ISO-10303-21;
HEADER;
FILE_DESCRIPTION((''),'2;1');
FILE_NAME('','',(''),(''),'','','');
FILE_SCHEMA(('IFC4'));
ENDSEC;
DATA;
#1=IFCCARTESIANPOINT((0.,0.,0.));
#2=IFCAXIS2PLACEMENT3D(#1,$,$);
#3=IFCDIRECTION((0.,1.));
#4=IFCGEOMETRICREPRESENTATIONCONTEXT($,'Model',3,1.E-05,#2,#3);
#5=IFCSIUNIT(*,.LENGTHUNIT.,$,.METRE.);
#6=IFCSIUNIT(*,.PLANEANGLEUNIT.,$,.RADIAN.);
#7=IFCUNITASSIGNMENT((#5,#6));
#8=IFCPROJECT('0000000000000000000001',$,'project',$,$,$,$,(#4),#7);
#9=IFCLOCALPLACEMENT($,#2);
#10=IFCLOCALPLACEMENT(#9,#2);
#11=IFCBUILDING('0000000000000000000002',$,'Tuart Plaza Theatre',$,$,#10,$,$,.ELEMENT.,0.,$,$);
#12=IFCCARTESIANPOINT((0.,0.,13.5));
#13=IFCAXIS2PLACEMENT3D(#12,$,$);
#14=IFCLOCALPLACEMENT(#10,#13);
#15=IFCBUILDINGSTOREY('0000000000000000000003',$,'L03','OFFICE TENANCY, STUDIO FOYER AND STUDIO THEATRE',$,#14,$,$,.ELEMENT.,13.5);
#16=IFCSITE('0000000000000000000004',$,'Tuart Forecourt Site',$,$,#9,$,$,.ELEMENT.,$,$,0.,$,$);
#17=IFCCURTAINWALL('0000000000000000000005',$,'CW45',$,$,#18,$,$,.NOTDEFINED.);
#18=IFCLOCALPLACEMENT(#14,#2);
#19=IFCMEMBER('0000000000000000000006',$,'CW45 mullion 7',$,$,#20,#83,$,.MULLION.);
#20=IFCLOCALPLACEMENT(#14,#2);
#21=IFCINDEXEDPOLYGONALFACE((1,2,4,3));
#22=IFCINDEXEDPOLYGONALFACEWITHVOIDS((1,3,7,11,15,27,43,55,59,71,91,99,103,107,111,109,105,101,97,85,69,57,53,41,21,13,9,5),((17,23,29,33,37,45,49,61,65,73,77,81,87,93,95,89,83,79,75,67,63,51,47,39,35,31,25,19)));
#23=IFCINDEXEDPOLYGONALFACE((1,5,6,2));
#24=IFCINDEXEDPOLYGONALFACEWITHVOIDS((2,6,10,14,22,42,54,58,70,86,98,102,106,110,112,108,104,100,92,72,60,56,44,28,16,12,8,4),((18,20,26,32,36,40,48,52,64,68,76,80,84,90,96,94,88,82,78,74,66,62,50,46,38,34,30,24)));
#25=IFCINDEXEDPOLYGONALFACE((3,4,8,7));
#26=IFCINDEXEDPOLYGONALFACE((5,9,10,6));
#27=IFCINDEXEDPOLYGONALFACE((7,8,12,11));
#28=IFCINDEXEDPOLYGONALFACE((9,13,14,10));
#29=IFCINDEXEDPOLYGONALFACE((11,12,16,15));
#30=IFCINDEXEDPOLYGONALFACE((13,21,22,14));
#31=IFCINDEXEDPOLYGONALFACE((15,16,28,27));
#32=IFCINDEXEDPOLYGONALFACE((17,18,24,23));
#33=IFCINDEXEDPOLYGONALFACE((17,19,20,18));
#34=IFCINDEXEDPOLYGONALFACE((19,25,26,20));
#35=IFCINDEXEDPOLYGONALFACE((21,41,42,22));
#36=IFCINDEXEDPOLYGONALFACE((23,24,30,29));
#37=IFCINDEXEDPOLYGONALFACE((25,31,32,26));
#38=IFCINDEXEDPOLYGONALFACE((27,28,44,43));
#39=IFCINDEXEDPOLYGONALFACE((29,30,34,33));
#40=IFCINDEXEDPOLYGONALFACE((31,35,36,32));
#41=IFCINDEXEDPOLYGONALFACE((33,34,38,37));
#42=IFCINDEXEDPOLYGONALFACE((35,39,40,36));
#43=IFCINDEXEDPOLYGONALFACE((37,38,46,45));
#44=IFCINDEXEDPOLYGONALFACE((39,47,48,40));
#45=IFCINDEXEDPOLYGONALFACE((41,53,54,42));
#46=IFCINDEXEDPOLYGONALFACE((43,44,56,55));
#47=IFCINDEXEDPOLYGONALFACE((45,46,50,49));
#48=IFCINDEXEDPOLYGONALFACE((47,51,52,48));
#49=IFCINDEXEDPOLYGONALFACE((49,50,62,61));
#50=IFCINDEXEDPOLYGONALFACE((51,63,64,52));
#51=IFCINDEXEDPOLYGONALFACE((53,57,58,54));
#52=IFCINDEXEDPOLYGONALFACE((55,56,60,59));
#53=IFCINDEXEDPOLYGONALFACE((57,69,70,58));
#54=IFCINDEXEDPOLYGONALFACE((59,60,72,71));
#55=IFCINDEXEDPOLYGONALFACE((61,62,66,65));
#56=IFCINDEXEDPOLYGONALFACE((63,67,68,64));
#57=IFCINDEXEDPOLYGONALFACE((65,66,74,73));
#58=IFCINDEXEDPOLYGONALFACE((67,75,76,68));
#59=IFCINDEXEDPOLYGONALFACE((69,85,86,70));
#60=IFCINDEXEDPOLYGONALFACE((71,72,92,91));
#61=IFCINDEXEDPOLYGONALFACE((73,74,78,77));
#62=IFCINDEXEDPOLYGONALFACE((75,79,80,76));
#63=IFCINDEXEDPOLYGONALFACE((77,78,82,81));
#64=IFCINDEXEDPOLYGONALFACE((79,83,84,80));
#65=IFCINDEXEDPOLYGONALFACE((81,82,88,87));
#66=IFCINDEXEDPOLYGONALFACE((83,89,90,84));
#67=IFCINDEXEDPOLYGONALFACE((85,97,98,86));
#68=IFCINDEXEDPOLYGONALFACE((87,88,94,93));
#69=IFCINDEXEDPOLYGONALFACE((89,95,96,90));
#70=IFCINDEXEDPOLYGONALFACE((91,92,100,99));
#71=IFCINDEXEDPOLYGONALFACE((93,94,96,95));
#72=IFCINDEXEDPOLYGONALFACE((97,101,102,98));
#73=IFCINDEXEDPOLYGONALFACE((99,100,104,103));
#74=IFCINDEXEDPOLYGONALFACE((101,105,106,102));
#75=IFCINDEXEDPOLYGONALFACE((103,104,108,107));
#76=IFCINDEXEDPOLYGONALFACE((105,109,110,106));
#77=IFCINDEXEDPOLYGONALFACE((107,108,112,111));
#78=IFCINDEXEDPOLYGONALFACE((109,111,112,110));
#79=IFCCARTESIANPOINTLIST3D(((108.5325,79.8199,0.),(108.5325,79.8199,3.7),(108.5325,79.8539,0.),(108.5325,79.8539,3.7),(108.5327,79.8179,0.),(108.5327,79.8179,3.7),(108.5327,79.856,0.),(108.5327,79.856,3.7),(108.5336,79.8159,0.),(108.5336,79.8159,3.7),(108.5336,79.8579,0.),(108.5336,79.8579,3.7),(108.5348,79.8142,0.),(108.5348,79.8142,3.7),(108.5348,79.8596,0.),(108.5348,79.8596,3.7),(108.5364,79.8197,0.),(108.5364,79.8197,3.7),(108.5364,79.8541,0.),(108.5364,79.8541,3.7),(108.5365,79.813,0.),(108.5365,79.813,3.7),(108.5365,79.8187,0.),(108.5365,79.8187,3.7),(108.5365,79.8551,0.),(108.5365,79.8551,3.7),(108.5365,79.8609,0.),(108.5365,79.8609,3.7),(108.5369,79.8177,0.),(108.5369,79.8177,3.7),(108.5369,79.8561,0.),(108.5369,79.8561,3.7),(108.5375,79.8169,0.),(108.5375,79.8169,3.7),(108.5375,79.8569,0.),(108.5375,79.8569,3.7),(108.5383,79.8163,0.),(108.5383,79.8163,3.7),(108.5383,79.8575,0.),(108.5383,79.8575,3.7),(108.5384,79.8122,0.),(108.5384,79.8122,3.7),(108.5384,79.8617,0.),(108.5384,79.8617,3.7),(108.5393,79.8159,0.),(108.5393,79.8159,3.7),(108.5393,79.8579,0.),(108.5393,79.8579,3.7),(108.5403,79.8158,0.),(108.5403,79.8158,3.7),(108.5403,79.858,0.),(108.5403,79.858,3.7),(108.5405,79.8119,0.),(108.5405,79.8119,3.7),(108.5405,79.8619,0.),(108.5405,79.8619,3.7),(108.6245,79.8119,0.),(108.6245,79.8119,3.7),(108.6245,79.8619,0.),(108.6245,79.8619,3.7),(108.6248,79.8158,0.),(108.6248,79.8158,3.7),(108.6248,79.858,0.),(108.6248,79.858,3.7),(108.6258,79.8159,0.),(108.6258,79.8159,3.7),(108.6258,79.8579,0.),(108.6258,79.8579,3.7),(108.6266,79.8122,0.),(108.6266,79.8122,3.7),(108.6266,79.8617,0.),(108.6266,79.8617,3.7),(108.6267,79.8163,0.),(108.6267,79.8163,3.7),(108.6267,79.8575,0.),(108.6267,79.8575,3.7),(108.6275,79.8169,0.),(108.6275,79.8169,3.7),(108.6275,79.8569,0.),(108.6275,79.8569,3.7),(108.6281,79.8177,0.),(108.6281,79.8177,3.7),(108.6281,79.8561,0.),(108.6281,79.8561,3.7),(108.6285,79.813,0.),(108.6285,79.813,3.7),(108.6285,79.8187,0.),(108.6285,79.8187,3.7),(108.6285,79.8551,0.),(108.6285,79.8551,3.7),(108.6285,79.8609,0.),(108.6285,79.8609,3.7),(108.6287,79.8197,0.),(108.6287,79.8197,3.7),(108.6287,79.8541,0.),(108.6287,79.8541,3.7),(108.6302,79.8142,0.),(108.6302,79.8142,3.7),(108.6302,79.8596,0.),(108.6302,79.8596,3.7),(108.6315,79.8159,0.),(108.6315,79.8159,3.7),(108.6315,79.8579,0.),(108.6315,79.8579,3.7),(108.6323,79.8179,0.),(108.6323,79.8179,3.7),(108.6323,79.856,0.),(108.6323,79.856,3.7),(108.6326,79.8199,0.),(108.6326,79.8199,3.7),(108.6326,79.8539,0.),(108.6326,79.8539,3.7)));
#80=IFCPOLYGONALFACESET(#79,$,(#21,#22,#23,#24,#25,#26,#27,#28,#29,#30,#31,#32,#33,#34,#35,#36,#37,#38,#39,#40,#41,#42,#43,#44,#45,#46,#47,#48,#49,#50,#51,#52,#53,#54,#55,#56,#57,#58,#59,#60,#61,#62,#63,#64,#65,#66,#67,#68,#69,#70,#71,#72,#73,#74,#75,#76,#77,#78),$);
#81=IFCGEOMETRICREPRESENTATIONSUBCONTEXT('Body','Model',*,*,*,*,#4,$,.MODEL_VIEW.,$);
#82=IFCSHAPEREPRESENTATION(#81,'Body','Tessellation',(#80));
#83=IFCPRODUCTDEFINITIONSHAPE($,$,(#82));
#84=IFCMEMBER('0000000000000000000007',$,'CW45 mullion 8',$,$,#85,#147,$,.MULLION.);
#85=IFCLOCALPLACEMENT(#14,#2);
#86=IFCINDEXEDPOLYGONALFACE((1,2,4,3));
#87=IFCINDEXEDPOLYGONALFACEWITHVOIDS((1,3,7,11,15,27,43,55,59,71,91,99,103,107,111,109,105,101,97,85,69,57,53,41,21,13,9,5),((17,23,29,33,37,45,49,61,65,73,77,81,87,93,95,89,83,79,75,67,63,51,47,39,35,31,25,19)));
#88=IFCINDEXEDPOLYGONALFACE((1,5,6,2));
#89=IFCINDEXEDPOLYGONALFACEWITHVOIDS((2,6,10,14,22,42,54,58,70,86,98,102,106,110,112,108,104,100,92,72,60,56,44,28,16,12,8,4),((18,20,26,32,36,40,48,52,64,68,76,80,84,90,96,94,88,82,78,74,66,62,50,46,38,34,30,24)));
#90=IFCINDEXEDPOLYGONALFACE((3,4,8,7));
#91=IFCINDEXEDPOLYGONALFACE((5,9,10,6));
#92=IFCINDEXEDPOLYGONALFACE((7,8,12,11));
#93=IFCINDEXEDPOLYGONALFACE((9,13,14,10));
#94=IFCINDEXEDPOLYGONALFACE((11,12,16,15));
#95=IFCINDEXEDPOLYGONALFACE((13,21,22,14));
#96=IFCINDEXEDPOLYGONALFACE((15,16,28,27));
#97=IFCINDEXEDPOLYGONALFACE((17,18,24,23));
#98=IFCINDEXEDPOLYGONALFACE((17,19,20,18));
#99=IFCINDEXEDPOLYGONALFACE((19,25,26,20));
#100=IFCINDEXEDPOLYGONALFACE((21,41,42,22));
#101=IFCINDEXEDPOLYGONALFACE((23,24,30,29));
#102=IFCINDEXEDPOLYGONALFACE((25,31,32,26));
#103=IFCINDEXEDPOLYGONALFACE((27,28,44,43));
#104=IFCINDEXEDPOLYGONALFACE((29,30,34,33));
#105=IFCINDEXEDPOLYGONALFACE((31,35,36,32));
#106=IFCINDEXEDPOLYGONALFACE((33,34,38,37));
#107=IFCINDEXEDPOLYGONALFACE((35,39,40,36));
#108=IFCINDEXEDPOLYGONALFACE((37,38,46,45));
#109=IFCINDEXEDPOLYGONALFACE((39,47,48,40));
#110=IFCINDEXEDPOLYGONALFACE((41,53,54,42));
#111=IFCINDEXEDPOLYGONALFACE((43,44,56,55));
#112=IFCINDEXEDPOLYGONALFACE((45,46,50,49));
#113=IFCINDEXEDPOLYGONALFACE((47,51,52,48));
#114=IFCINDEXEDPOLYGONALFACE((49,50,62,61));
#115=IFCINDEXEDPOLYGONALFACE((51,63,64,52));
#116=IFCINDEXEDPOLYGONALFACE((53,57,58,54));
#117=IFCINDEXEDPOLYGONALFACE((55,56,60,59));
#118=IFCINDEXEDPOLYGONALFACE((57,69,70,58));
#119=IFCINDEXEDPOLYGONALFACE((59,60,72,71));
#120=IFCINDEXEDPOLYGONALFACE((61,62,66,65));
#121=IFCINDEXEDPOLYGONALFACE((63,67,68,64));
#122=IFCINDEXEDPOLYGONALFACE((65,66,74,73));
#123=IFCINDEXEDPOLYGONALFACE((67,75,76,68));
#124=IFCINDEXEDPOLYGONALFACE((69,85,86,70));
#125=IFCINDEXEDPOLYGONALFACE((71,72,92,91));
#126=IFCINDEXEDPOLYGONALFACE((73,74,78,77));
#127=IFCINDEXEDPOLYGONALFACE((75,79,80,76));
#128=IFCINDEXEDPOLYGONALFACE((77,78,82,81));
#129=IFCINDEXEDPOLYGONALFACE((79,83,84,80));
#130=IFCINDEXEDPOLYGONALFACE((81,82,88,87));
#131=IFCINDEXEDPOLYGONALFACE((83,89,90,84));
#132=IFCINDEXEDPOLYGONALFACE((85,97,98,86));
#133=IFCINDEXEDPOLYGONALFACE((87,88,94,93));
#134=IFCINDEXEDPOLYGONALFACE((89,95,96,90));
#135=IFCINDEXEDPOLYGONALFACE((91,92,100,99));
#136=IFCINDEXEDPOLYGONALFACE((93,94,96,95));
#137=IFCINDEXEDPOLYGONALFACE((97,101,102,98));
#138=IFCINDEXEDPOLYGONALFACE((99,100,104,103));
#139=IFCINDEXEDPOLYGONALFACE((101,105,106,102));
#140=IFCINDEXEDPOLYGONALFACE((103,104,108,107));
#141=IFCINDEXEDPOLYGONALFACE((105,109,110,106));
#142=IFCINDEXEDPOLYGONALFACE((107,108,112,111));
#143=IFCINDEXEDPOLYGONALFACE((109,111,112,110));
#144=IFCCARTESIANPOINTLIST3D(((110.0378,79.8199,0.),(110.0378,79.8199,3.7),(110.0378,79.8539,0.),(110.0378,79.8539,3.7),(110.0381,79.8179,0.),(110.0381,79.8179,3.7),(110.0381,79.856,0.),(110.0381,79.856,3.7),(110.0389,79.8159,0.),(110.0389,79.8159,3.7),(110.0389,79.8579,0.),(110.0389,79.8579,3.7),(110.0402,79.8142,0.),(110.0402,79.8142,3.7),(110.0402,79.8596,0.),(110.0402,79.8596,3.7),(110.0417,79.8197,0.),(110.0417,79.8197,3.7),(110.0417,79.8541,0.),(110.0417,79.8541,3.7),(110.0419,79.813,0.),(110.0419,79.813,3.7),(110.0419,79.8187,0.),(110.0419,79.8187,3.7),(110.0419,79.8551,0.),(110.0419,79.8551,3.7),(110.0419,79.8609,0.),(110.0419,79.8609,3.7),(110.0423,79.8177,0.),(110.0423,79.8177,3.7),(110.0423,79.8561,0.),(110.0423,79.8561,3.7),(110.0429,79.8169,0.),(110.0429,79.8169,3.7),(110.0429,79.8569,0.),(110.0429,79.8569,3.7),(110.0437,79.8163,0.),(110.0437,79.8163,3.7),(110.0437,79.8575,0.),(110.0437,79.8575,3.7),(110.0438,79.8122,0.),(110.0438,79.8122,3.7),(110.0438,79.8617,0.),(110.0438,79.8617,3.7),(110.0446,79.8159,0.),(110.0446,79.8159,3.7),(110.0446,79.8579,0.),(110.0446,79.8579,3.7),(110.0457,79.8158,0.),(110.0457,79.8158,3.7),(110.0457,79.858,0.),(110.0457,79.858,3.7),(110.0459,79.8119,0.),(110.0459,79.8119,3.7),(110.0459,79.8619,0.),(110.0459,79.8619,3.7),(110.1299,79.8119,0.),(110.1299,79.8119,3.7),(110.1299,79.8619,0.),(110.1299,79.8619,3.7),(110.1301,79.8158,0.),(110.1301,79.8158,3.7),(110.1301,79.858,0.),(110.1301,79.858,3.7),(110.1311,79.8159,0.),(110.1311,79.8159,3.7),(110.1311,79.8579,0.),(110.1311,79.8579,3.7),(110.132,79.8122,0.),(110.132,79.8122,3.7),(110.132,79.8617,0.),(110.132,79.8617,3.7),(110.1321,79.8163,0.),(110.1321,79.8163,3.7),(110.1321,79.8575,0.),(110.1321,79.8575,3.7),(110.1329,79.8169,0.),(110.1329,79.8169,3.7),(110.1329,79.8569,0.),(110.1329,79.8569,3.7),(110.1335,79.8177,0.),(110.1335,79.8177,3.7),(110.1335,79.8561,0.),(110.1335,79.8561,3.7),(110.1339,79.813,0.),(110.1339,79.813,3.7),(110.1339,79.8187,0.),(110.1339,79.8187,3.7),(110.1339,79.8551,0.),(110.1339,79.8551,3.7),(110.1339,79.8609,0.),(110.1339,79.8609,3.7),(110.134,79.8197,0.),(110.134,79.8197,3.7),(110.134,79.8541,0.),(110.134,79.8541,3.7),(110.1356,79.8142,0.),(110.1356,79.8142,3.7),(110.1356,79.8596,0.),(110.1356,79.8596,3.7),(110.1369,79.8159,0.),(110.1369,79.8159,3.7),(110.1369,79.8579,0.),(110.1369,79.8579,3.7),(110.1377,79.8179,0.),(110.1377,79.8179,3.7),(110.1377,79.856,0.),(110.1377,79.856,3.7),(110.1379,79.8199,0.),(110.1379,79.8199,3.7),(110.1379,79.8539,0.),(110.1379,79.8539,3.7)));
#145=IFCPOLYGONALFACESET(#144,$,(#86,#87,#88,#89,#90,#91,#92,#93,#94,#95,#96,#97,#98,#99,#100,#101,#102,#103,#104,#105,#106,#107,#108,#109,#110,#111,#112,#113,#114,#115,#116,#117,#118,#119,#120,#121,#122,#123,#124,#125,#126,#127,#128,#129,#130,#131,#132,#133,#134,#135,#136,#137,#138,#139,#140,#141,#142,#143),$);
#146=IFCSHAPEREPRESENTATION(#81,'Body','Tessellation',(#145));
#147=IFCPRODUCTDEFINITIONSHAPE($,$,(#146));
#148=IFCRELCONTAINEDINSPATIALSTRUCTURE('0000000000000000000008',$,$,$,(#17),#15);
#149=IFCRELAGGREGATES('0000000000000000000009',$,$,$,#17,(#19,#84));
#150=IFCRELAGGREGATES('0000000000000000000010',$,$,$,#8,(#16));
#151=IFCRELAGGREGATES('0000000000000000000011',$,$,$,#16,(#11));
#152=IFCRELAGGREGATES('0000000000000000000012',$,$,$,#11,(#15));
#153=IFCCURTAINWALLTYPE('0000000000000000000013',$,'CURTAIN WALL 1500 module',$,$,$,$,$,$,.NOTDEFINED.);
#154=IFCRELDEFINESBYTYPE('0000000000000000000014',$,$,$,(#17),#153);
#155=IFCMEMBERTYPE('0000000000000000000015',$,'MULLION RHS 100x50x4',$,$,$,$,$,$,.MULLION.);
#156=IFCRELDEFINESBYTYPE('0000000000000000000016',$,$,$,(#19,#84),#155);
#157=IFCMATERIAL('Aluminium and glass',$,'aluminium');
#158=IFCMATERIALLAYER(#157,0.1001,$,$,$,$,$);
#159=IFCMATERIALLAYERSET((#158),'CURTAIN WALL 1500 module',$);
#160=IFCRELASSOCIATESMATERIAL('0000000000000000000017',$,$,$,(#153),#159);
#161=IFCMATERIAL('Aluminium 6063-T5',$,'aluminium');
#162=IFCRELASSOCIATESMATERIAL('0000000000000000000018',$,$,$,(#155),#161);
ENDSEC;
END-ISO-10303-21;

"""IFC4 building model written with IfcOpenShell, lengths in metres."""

from ifc_helpers import new_model, si_unit, direction, frame, origin, origin_2d, place, context, subcontext, project, spatial, hollow_rectangle, extrude, material, layer, layer_set, material_profile, profile_set, type_object, element, aggregate, save


model = new_model("IFC4")

# Units and contexts
model_context = context("Model", 3, precision=1e-05, world=origin(), true_north=direction((0.0, 1.0)))
body_context = subcontext(model_context, "Body", "Model", "MODEL_VIEW")
ifc_project = project(units=[si_unit("LENGTHUNIT", "METRE"), si_unit("PLANEANGLEUNIT", "RADIAN")], contexts=[model_context])

# Site, building, storey
site_placement = place(None, origin())
site = spatial("IfcSite", under=ifc_project, at=site_placement, Name="Tuart Forecourt Site", CompositionType="ELEMENT", RefElevation=0.0)
building_placement = place(site_placement, origin())
building = spatial("IfcBuilding", under=site, at=building_placement, Name="Tuart Plaza Theatre", CompositionType="ELEMENT", ElevationOfRefHeight=0.0)
storey_placement = place(building_placement, frame((0.0, 0.0, 13.5)))
storey = spatial("IfcBuildingStorey", under=building, at=storey_placement, Name="L03", Description="OFFICE TENANCY, STUDIO FOYER AND STUDIO THEATRE", CompositionType="ELEMENT", Elevation=13.5)

# Curtain wall, members
ifc_material_1 = material(Name="Aluminium and glass", Category="aluminium")
ifc_layer_1 = layer(ifc_material_1, 0.1001)
ifc_layer_set_1 = layer_set([ifc_layer_1], Name="CURTAIN WALL 1500 module")
curtain_wall_type_1 = type_object("IfcCurtainWallType", Name="CURTAIN WALL 1500 module", PredefinedType="NOTDEFINED", material=ifc_layer_set_1)
curtain_wall_1_placement = place(storey_placement, origin())
curtain_wall_1 = element("IfcCurtainWall", 1, at=curtain_wall_1_placement, inside=storey, type_object=curtain_wall_type_1, Name="CW45", PredefinedType="NOTDEFINED")
ifc_material_2 = material(Name="Aluminium 6063-T5", Category="aluminium")
ifc_material_profile_1 = material_profile(ifc_material_2, hollow_rectangle(XDim=0.05, YDim=0.1001, WallThickness=0.0039, InnerFilletRadius=0.0039, OuterFilletRadius=0.0081, at=origin_2d()), Name="RHS 100x50x4")
ifc_profile_set_1 = profile_set([ifc_material_profile_1], Name="Aluminium 6063-T5")
member_type_1 = type_object("IfcMemberType", Name="MULLION RHS 100x50x4", PredefinedType="MULLION", material=ifc_profile_set_1)
member_1_placement = place(storey_placement, frame((108.5825, 79.8369, 0.0), z_axis=(0.0, 0.0, 1.0), x_axis=(0.0, 1.0, 0.0)))
member_1 = element("IfcMember", 2, at=member_1_placement, type_object=member_type_1, Name="CW45 mullion 7", PredefinedType="MULLION", context=body_context, shape_type="SweptSolid", body=[
    extrude(hollow_rectangle(XDim=0.05, YDim=0.1001, WallThickness=0.0039, InnerFilletRadius=0.0039, OuterFilletRadius=0.0081, at=origin_2d()), origin(), (0.0, 0.0, 1.0), 3.7),
])
member_2_placement = place(storey_placement, frame((110.0879, 79.8369, 0.0), z_axis=(0.0, 0.0, 1.0), x_axis=(0.0, 1.0, 0.0)))
member_2 = element("IfcMember", 3, at=member_2_placement, type_object=member_type_1, Name="CW45 mullion 8", PredefinedType="MULLION", context=body_context, shape_type="SweptSolid", body=[
    extrude(hollow_rectangle(XDim=0.05, YDim=0.1001, WallThickness=0.0039, InnerFilletRadius=0.0039, OuterFilletRadius=0.0081, at=origin_2d()), origin(), (0.0, 0.0, 1.0), 3.7),
])

aggregate(curtain_wall_1, [member_1, member_2])

save(model, "model.ifc")
